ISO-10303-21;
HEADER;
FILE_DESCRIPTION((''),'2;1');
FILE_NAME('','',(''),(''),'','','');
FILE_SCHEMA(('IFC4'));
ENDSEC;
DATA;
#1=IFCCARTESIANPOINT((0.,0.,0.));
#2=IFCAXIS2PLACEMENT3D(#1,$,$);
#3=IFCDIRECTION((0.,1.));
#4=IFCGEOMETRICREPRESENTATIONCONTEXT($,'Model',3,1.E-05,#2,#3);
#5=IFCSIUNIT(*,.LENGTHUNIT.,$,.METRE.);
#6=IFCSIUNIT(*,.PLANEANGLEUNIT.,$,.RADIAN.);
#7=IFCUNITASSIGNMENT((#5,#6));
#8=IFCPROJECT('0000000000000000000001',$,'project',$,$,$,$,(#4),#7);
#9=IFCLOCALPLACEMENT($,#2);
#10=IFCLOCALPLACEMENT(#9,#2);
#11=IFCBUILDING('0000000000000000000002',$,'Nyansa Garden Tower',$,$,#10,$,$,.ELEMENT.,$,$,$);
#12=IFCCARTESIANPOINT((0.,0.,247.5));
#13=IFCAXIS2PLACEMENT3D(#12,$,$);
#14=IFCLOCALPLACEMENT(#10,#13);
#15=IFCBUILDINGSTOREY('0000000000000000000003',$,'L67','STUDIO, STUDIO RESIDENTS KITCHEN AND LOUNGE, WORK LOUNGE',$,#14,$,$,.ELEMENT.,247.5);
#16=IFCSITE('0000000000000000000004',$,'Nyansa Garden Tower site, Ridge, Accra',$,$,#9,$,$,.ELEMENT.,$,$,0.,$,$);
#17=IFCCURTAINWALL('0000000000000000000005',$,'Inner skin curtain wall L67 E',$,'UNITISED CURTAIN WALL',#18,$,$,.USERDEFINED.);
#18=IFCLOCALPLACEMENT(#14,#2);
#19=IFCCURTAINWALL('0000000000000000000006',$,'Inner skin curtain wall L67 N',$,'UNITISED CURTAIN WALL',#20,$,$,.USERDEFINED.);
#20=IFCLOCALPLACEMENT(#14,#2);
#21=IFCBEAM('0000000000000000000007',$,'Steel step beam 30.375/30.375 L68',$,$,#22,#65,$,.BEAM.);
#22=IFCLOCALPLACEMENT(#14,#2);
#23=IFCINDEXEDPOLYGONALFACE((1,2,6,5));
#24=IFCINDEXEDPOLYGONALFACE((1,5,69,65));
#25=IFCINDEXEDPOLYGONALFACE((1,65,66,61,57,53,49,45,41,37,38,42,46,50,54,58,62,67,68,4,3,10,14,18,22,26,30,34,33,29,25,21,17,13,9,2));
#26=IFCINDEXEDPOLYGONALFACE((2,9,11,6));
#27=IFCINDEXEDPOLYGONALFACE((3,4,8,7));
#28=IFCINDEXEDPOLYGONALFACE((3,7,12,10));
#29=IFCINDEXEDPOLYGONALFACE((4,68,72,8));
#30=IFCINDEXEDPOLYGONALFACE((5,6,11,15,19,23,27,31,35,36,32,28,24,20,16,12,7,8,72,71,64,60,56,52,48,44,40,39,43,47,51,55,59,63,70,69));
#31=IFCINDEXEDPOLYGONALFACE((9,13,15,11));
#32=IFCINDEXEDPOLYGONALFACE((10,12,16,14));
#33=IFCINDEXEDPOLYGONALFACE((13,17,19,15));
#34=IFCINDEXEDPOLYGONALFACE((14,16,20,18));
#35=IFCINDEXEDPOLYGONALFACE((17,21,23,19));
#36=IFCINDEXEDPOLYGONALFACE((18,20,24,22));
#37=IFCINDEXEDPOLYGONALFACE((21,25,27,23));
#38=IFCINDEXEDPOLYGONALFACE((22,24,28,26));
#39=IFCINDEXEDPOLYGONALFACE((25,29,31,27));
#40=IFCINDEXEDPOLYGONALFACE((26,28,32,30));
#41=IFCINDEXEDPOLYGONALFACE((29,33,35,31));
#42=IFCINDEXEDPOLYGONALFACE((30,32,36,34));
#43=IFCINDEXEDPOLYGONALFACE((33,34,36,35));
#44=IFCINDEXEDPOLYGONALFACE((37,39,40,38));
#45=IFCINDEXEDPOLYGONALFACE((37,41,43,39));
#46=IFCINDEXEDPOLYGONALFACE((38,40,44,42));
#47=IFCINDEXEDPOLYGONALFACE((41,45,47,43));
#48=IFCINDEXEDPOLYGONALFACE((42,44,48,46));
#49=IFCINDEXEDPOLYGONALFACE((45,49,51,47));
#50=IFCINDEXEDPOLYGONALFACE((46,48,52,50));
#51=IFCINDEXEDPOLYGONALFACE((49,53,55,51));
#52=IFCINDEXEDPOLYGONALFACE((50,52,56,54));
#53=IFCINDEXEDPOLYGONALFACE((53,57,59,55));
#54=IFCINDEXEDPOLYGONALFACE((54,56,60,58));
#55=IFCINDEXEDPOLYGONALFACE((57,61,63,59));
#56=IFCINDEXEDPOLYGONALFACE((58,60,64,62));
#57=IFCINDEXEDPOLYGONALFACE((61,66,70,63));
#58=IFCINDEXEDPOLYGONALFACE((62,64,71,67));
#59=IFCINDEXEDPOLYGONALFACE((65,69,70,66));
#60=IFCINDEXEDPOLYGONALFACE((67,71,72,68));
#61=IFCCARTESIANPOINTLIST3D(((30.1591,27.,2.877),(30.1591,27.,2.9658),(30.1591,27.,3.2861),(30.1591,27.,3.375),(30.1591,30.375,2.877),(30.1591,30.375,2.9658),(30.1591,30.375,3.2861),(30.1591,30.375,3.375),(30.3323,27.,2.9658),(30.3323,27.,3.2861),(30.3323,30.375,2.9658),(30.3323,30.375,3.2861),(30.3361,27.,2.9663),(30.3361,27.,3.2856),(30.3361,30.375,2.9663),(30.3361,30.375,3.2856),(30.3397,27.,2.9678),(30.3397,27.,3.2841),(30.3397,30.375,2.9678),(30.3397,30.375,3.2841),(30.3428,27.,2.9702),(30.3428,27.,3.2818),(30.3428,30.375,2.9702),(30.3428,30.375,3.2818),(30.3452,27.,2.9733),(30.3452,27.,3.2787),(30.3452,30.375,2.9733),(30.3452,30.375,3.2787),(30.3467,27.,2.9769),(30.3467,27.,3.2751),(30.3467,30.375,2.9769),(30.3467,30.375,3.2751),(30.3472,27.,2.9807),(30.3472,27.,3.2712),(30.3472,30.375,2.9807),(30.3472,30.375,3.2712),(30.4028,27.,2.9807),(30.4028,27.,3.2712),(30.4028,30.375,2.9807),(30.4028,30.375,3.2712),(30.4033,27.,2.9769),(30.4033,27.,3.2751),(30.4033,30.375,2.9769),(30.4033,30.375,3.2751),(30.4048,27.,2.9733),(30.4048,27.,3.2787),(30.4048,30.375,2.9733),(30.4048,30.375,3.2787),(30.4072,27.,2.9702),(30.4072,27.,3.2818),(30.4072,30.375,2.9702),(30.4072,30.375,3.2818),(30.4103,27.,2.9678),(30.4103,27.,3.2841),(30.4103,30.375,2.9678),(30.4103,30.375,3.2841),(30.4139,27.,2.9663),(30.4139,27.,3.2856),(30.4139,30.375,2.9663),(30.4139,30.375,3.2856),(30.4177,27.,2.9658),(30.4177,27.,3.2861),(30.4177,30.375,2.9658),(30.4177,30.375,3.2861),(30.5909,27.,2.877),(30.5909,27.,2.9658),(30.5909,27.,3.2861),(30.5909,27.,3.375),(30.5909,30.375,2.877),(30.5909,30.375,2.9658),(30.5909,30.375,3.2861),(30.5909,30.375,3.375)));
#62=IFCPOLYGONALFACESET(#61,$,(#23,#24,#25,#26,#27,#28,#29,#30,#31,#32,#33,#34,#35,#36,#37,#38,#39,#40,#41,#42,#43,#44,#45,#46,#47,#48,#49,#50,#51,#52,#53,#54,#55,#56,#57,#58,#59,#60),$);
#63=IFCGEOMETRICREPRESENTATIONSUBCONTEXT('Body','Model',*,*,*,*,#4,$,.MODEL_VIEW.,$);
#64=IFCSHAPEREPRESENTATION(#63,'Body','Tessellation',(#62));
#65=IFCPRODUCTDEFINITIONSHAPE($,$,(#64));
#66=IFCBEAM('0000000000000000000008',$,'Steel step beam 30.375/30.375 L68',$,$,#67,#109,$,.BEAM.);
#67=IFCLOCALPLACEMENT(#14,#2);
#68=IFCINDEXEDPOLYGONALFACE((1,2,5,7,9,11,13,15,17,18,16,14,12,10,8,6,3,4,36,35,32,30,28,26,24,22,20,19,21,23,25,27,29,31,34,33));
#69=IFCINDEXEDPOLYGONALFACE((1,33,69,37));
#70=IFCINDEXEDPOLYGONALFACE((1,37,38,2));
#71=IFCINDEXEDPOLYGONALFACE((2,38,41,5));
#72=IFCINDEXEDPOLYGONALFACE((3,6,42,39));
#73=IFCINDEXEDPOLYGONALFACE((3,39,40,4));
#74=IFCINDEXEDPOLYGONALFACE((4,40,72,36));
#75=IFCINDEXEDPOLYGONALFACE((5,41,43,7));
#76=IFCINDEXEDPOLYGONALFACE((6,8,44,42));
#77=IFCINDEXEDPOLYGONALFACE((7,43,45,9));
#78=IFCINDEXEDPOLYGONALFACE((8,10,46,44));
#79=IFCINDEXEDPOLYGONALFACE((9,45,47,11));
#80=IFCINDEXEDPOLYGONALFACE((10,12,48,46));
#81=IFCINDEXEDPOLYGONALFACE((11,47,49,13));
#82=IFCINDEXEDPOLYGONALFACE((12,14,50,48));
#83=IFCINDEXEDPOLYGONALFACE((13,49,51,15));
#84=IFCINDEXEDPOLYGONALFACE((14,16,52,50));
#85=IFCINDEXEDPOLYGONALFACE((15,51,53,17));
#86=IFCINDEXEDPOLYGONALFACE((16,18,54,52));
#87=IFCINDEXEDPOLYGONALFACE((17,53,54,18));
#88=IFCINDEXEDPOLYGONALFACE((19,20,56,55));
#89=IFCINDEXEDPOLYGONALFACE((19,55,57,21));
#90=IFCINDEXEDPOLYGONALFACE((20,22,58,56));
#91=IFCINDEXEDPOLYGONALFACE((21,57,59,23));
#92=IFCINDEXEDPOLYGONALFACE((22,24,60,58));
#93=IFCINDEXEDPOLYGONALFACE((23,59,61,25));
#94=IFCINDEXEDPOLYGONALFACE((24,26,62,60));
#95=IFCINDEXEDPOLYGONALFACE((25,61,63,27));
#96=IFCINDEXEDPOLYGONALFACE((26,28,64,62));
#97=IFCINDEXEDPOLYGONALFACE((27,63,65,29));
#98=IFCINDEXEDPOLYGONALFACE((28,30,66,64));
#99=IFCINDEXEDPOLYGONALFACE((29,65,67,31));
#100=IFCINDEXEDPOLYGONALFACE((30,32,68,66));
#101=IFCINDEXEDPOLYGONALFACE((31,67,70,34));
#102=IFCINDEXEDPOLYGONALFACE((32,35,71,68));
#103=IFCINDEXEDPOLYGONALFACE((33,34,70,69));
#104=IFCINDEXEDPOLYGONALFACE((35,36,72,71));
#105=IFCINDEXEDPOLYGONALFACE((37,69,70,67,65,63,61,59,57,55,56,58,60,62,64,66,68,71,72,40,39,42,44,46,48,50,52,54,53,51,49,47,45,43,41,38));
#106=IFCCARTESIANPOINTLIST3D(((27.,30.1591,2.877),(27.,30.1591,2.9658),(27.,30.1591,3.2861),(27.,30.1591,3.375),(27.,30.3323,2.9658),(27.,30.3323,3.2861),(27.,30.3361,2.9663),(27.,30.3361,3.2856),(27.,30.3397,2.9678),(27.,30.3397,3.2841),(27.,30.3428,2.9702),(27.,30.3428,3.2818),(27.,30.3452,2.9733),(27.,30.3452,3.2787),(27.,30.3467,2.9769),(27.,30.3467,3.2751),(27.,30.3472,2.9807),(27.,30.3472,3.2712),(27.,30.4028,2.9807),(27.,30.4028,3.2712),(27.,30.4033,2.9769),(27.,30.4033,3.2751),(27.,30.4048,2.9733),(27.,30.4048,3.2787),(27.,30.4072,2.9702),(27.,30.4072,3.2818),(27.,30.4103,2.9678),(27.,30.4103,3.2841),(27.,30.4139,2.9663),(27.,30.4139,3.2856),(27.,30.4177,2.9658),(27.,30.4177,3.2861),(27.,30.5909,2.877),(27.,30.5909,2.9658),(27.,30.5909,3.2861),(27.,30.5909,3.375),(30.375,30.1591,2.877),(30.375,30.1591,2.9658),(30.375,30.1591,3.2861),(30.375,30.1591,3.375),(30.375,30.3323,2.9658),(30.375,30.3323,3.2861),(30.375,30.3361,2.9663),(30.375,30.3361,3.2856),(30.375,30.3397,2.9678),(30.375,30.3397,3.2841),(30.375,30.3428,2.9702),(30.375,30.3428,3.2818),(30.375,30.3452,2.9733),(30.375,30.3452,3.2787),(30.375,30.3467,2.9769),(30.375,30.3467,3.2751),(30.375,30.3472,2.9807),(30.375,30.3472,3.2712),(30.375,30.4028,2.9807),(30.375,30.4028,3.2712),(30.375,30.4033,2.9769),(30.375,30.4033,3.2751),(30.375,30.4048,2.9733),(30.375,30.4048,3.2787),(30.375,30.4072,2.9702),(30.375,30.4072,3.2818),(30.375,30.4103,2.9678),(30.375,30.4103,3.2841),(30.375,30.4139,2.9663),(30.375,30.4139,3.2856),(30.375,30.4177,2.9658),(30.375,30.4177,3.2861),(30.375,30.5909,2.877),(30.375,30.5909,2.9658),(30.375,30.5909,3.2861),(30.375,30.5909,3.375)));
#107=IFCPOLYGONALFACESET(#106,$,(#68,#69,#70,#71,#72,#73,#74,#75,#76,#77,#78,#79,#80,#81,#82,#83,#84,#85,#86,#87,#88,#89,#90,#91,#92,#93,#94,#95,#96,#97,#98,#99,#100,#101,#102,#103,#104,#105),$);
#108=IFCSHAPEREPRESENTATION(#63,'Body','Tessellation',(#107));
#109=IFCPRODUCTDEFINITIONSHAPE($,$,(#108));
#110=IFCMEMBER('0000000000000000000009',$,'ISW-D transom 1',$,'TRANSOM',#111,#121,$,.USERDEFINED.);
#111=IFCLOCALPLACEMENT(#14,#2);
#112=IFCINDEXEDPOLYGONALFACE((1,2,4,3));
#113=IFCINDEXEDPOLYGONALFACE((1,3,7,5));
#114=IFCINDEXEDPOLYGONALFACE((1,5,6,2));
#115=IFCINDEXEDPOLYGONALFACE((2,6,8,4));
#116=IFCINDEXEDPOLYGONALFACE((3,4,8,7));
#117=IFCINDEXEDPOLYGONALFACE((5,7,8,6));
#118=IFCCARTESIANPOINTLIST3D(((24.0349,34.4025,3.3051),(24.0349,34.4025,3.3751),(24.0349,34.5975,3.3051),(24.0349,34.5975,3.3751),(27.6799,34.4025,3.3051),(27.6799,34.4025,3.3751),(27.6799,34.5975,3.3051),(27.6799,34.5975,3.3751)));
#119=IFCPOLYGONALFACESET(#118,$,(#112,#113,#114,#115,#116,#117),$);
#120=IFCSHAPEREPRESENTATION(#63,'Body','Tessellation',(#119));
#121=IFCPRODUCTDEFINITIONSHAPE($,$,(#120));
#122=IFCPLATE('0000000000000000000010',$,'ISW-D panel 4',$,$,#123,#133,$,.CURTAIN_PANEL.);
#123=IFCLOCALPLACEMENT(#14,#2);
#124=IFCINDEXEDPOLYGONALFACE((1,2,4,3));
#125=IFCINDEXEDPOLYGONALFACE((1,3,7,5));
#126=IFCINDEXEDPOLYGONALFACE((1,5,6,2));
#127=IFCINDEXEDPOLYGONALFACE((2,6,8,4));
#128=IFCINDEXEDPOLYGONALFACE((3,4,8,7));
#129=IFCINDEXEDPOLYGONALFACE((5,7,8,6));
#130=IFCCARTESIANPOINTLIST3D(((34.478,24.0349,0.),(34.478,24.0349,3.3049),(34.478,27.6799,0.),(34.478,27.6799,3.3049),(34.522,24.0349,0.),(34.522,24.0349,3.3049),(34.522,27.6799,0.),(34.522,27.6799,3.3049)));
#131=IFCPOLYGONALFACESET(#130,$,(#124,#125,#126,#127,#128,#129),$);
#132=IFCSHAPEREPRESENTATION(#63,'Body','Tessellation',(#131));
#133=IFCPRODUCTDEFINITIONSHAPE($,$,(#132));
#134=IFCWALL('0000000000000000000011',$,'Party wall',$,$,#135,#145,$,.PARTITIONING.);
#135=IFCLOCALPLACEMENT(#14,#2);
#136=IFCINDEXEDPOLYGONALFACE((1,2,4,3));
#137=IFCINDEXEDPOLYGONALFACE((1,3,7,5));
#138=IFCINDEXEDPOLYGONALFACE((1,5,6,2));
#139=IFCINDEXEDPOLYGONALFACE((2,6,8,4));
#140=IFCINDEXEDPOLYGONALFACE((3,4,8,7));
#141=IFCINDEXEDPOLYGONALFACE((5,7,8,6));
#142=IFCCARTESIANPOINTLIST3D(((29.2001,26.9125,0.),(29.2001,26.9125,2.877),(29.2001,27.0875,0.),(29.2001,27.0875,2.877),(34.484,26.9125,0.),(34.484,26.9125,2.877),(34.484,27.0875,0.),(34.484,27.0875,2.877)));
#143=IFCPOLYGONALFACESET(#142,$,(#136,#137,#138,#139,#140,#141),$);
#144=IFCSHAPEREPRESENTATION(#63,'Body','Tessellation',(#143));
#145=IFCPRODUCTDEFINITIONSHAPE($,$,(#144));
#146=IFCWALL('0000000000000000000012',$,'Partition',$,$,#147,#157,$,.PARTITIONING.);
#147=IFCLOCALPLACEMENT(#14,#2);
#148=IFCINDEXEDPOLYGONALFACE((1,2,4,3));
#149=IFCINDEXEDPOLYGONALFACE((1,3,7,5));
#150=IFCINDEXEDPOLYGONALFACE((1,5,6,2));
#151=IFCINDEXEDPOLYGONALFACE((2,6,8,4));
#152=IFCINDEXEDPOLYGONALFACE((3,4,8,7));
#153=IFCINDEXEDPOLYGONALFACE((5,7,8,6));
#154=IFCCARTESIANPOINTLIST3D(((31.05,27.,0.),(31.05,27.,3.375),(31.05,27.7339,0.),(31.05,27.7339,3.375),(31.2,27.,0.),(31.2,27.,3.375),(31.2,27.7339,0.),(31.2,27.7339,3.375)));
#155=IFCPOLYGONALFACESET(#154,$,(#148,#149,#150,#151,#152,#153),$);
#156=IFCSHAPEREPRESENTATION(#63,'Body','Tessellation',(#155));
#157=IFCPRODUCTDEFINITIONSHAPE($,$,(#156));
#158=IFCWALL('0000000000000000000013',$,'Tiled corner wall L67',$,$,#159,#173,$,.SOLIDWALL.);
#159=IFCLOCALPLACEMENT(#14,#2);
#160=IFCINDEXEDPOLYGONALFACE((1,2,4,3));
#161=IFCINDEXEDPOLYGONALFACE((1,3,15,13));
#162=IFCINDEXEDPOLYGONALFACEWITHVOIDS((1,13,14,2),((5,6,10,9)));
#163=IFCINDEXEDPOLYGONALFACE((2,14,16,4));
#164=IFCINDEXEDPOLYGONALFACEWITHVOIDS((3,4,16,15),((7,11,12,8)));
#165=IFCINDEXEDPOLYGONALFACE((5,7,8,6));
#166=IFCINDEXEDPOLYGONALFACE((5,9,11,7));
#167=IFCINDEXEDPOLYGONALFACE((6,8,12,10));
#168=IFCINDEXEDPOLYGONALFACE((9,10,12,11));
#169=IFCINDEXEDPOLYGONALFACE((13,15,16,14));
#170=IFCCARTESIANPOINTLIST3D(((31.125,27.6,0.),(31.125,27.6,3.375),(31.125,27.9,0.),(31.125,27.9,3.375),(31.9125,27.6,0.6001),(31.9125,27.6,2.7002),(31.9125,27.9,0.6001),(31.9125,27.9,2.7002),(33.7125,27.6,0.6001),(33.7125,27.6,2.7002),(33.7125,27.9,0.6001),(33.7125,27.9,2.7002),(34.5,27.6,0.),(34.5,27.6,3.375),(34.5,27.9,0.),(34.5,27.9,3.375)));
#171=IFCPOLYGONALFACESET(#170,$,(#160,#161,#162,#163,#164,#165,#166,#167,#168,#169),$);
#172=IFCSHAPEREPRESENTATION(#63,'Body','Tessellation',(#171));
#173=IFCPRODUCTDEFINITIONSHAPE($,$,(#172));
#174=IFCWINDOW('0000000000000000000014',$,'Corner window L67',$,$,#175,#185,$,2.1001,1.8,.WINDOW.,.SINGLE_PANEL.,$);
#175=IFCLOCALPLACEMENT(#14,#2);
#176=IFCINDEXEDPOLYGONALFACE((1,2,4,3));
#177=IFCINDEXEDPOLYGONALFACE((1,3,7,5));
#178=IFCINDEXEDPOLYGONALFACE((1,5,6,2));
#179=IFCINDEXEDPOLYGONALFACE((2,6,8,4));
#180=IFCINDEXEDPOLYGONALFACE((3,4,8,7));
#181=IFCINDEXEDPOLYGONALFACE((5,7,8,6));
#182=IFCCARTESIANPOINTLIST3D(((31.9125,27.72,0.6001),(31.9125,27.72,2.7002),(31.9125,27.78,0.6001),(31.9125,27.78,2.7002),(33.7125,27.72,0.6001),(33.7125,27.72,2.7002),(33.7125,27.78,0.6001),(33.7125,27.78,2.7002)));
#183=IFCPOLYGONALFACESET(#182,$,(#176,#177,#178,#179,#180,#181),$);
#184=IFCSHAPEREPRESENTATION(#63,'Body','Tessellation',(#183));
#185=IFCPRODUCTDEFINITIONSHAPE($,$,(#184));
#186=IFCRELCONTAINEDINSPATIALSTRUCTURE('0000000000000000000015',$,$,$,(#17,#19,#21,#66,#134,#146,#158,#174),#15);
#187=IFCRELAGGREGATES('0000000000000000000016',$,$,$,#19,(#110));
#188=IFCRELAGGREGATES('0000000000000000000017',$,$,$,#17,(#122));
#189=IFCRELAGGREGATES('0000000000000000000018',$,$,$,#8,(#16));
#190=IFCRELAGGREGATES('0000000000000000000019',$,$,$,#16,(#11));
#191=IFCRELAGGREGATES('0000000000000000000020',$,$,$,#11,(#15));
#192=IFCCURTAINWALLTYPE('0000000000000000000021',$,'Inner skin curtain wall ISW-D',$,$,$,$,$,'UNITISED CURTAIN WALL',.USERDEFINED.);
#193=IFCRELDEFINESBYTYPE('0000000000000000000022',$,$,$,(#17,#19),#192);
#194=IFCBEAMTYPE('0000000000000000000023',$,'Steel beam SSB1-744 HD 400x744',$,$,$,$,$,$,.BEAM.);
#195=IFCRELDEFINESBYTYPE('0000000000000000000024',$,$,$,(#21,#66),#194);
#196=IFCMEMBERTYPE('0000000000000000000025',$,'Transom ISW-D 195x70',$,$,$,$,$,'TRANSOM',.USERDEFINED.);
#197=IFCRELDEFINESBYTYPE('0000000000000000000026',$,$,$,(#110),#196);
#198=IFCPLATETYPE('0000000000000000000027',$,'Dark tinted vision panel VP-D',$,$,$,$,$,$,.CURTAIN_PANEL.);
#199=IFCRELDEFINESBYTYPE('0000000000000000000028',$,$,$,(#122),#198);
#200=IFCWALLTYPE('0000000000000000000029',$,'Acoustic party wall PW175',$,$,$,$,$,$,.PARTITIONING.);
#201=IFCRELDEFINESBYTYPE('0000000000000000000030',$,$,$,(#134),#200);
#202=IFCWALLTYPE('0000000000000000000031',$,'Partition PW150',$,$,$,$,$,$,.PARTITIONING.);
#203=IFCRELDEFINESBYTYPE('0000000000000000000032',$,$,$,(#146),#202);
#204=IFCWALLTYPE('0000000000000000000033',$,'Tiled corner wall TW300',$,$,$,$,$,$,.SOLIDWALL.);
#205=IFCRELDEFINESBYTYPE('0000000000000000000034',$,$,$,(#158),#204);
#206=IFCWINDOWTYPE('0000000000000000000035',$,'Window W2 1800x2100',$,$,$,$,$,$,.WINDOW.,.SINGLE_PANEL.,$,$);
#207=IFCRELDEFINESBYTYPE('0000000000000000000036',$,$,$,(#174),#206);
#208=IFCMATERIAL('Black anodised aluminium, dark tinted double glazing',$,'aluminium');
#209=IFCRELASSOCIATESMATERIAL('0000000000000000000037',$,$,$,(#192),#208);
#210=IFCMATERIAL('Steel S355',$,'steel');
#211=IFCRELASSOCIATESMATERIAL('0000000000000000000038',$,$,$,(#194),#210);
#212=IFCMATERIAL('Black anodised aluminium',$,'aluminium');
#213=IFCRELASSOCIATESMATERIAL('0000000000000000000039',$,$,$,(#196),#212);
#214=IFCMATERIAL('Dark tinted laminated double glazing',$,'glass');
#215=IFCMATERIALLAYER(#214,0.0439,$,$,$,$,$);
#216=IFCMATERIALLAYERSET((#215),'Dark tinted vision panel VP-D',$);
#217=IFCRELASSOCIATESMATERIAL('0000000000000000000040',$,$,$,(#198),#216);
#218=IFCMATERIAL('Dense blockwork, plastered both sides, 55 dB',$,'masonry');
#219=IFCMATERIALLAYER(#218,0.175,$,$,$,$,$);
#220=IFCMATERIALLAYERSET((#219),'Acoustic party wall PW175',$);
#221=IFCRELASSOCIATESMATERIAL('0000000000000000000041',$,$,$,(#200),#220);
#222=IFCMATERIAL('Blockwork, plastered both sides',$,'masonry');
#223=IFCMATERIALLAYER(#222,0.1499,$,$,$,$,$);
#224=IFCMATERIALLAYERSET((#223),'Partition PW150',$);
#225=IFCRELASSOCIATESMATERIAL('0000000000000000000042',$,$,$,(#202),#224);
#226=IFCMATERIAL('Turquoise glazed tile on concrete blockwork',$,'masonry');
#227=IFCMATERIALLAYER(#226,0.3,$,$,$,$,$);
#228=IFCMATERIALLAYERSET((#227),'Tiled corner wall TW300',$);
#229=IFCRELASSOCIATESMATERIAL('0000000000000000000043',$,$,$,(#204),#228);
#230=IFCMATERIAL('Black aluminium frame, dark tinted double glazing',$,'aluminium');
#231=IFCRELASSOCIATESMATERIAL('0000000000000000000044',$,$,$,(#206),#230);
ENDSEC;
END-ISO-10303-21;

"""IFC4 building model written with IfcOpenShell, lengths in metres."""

from ifc_helpers import new_model, si_unit, direction, frame, frame_2d, origin, origin_2d, place, context, subcontext, project, spatial, rectangle, i_section, extrude, material, layer, layer_set, material_profile, profile_set, type_object, element, fill, aggregate, save


model = new_model("IFC4")

# Units and contexts
model_context = context("Model", 3, precision=1e-05, world=origin(), true_north=direction((0.0, 1.0)))
body_context = subcontext(model_context, "Body", "Model", "MODEL_VIEW")
ifc_project = project(units=[si_unit("LENGTHUNIT", "METRE"), si_unit("PLANEANGLEUNIT", "RADIAN")], contexts=[model_context])

# Site, building, storey
site_placement = place(None, origin())
site = spatial("IfcSite", under=ifc_project, at=site_placement, Name="Nyansa Garden Tower site, Ridge, Accra", CompositionType="ELEMENT", RefElevation=0.0)
building_placement = place(site_placement, origin())
building = spatial("IfcBuilding", under=site, at=building_placement, Name="Nyansa Garden Tower", CompositionType="ELEMENT")
storey_placement = place(building_placement, frame((0.0, 0.0, 247.5)))
storey = spatial("IfcBuildingStorey", under=building, at=storey_placement, Name="L67", Description="STUDIO, STUDIO RESIDENTS KITCHEN AND LOUNGE, WORK LOUNGE", CompositionType="ELEMENT", Elevation=247.5)

# Curtain walls
ifc_material_1 = material(Name="Black anodised aluminium, dark tinted double glazing", Category="aluminium")
curtain_wall_type = type_object("IfcCurtainWallType", Name="Inner skin curtain wall ISW-D", ElementType="UNITISED CURTAIN WALL", PredefinedType="USERDEFINED", material=ifc_material_1)
curtain_wall_1_placement = place(storey_placement, origin())
curtain_wall_1 = element("IfcCurtainWall", 1, at=curtain_wall_1_placement, inside=storey, type_object=curtain_wall_type, Name="Inner skin curtain wall L67 E", ObjectType="UNITISED CURTAIN WALL", PredefinedType="USERDEFINED")
curtain_wall_2_placement = place(storey_placement, origin())
curtain_wall_2 = element("IfcCurtainWall", 2, at=curtain_wall_2_placement, inside=storey, type_object=curtain_wall_type, Name="Inner skin curtain wall L67 N", ObjectType="UNITISED CURTAIN WALL", PredefinedType="USERDEFINED")

# Beams
ifc_material_2 = material(Name="Steel S355", Category="steel")
ifc_material_profile_1 = material_profile(ifc_material_2, i_section(OverallWidth=0.4319, OverallDepth=0.498, WebThickness=0.0557, FlangeThickness=0.0889, FilletRadius=0.0149, at=origin_2d()), Name="HD 400x744")
ifc_profile_set_1 = profile_set([ifc_material_profile_1], Name="Steel S355")
beam_type_1 = type_object("IfcBeamType", Name="Steel beam SSB1-744 HD 400x744", PredefinedType="BEAM", material=ifc_profile_set_1)
for number, where, z_axis, x_axis, name in (
    (3, (30.375, 30.375, 3.126), (0.0, -1.0, 0.0), (1.0, 0.0, 0.0), "Steel step beam 30.375/30.375 L68"),
    (4, (30.375, 30.375, 3.126), (-1.0, 0.0, 0.0), (0.0, -1.0, 0.0), "Steel step beam 30.375/30.375 L68"),
):
    element("IfcBeam", number, at=place(storey_placement, frame(where, z_axis=z_axis, x_axis=x_axis)), inside=storey, type_object=beam_type_1, Name=name, PredefinedType="BEAM", context=body_context, shape_type="SweptSolid", body=[
        extrude(i_section(OverallWidth=0.4319, OverallDepth=0.498, WebThickness=0.0557, FlangeThickness=0.0889, FilletRadius=0.0149, at=origin_2d()), origin(), (0.0, 0.0, 1.0), 3.375),
    ])

# Member
ifc_material_3 = material(Name="Black anodised aluminium", Category="aluminium")
ifc_material_profile_2 = material_profile(ifc_material_3, rectangle(XDim=0.1951, YDim=0.0701, at=origin_2d()), Name="Transom 195x70")
ifc_profile_set_2 = profile_set([ifc_material_profile_2], Name="Black anodised aluminium")
member_type_1 = type_object("IfcMemberType", Name="Transom ISW-D 195x70", ElementType="TRANSOM", PredefinedType="USERDEFINED", material=ifc_profile_set_2)
member_1_placement = place(storey_placement, frame((27.6799, 34.5, 3.3401), z_axis=(-1.0, 0.0, 0.0), x_axis=(0.0, -1.0, 0.0)))
member_1 = element("IfcMember", 5, at=member_1_placement, type_object=member_type_1, Name="ISW-D transom 1", ObjectType="TRANSOM", PredefinedType="USERDEFINED", context=body_context, shape_type="SweptSolid", body=[
    extrude(rectangle(XDim=0.1951, YDim=0.0701, at=origin_2d()), origin(), (0.0, 0.0, 1.0), 3.645),
])
aggregate(curtain_wall_2, [member_1])

# Plate
ifc_material_4 = material(Name="Dark tinted laminated double glazing", Category="glass")
ifc_layer_1 = layer(ifc_material_4, 0.0439)
ifc_layer_set_1 = layer_set([ifc_layer_1], Name="Dark tinted vision panel VP-D")
plate_type = type_object("IfcPlateType", Name="Dark tinted vision panel VP-D", PredefinedType="CURTAIN_PANEL", material=ifc_layer_set_1)
plate_placement = place(storey_placement, frame((34.5, 25.8574, 0.0), z_axis=(0.0, 0.0, 1.0), x_axis=(0.0, 1.0, 0.0)))
plate = element("IfcPlate", 6, at=plate_placement, type_object=plate_type, Name="ISW-D panel 4", PredefinedType="CURTAIN_PANEL", context=body_context, shape_type="SweptSolid", body=[
    extrude(rectangle(XDim=3.645, YDim=0.0439, at=origin_2d()), origin(), (0.0, 0.0, 1.0), 3.3049),
])
aggregate(curtain_wall_1, [plate])

# Walls
ifc_material_5 = material(Name="Dense blockwork, plastered both sides, 55 dB", Category="masonry")
ifc_layer_2 = layer(ifc_material_5, 0.175)
ifc_layer_set_2 = layer_set([ifc_layer_2], Name="Acoustic party wall PW175")
wall_type_1 = type_object("IfcWallType", Name="Acoustic party wall PW175", PredefinedType="PARTITIONING", material=ifc_layer_set_2)
wall_1_placement = place(storey_placement, frame((29.2, 27.0, 0.0), z_axis=(0.0, 0.0, 1.0), x_axis=(1.0, 0.0, 0.0)))
element("IfcWall", 7, at=wall_1_placement, inside=storey, type_object=wall_type_1, Name="Party wall", PredefinedType="PARTITIONING", context=body_context, shape_type="SweptSolid", body=[
    extrude(rectangle(XDim=5.2839, YDim=0.175, at=frame_2d((2.6421, 0.0))), origin(), (0.0, 0.0, 1.0), 2.877),
])
ifc_material_6 = material(Name="Blockwork, plastered both sides", Category="masonry")
ifc_layer_3 = layer(ifc_material_6, 0.1499)
ifc_layer_set_3 = layer_set([ifc_layer_3], Name="Partition PW150")
wall_type_2 = type_object("IfcWallType", Name="Partition PW150", PredefinedType="PARTITIONING", material=ifc_layer_set_3)
wall_2_placement = place(storey_placement, frame((31.125, 27.0, 0.0), z_axis=(0.0, 0.0, 1.0), x_axis=(0.0, 1.0, 0.0)))
element("IfcWall", 8, at=wall_2_placement, inside=storey, type_object=wall_type_2, Name="Partition", PredefinedType="PARTITIONING", context=body_context, shape_type="SweptSolid", body=[
    extrude(rectangle(XDim=0.7339, YDim=0.1499, at=frame_2d((0.3669, 0.0))), origin(), (0.0, 0.0, 1.0), 3.375),
])

# Wall, opening, window
ifc_material_7 = material(Name="Turquoise glazed tile on concrete blockwork", Category="masonry")
ifc_layer_4 = layer(ifc_material_7, 0.3)
ifc_layer_set_4 = layer_set([ifc_layer_4], Name="Tiled corner wall TW300")
wall_type_3 = type_object("IfcWallType", Name="Tiled corner wall TW300", PredefinedType="SOLIDWALL", material=ifc_layer_set_4)
wall_3_placement = place(storey_placement, frame((34.5, 27.75, 0.0), z_axis=(0.0, 0.0, 1.0), x_axis=(-1.0, 0.0, 0.0)))
wall_3 = element("IfcWall", 9, at=wall_3_placement, inside=storey, type_object=wall_type_3, Name="Tiled corner wall L67", PredefinedType="SOLIDWALL", context=body_context, shape_type="SweptSolid", body=[
    extrude(rectangle(XDim=3.375, YDim=0.3, at=frame_2d((1.6875, 0.0))), origin(), (0.0, 0.0, 1.0), 3.375),
])
opening_1_placement = place(wall_3_placement, frame((0.7876, 0.0, 0.6001)))
opening_1 = element("IfcOpeningElement", 10, at=opening_1_placement, cuts=wall_3, PredefinedType="OPENING", context=body_context, shape_type="SweptSolid", body=[
    extrude(rectangle(XDim=1.8, YDim=2.1001, at=frame_2d((0.8999, 1.05))), frame((0.0, 0.1599, 0.0), z_axis=(0.0, -1.0, 0.0), x_axis=(1.0, 0.0, 0.0)), (0.0, 0.0, 1.0), 0.3201),
])
ifc_material_8 = material(Name="Black aluminium frame, dark tinted double glazing", Category="aluminium")
window_type_1 = type_object("IfcWindowType", Name="Window W2 1800x2100", PartitioningType="SINGLE_PANEL", PredefinedType="WINDOW", material=ifc_material_8)
window_1_placement = place(opening_1_placement, origin())
window_1 = element("IfcWindow", 11, at=window_1_placement, inside=storey, type_object=window_type_1, Name="Corner window L67", OverallHeight=2.1001, OverallWidth=1.8, PartitioningType="SINGLE_PANEL", PredefinedType="WINDOW", context=body_context, shape_type="SweptSolid", body=[
    extrude(rectangle(XDim=1.8, YDim=2.1001, at=frame_2d((0.8999, 1.05))), frame((0.0, 0.03, 0.0), z_axis=(0.0, -1.0, 0.0), x_axis=(1.0, 0.0, 0.0)), (0.0, 0.0, 1.0), 0.0601),
])
fill(opening_1, window_1)

save(model, "model.ifc")
